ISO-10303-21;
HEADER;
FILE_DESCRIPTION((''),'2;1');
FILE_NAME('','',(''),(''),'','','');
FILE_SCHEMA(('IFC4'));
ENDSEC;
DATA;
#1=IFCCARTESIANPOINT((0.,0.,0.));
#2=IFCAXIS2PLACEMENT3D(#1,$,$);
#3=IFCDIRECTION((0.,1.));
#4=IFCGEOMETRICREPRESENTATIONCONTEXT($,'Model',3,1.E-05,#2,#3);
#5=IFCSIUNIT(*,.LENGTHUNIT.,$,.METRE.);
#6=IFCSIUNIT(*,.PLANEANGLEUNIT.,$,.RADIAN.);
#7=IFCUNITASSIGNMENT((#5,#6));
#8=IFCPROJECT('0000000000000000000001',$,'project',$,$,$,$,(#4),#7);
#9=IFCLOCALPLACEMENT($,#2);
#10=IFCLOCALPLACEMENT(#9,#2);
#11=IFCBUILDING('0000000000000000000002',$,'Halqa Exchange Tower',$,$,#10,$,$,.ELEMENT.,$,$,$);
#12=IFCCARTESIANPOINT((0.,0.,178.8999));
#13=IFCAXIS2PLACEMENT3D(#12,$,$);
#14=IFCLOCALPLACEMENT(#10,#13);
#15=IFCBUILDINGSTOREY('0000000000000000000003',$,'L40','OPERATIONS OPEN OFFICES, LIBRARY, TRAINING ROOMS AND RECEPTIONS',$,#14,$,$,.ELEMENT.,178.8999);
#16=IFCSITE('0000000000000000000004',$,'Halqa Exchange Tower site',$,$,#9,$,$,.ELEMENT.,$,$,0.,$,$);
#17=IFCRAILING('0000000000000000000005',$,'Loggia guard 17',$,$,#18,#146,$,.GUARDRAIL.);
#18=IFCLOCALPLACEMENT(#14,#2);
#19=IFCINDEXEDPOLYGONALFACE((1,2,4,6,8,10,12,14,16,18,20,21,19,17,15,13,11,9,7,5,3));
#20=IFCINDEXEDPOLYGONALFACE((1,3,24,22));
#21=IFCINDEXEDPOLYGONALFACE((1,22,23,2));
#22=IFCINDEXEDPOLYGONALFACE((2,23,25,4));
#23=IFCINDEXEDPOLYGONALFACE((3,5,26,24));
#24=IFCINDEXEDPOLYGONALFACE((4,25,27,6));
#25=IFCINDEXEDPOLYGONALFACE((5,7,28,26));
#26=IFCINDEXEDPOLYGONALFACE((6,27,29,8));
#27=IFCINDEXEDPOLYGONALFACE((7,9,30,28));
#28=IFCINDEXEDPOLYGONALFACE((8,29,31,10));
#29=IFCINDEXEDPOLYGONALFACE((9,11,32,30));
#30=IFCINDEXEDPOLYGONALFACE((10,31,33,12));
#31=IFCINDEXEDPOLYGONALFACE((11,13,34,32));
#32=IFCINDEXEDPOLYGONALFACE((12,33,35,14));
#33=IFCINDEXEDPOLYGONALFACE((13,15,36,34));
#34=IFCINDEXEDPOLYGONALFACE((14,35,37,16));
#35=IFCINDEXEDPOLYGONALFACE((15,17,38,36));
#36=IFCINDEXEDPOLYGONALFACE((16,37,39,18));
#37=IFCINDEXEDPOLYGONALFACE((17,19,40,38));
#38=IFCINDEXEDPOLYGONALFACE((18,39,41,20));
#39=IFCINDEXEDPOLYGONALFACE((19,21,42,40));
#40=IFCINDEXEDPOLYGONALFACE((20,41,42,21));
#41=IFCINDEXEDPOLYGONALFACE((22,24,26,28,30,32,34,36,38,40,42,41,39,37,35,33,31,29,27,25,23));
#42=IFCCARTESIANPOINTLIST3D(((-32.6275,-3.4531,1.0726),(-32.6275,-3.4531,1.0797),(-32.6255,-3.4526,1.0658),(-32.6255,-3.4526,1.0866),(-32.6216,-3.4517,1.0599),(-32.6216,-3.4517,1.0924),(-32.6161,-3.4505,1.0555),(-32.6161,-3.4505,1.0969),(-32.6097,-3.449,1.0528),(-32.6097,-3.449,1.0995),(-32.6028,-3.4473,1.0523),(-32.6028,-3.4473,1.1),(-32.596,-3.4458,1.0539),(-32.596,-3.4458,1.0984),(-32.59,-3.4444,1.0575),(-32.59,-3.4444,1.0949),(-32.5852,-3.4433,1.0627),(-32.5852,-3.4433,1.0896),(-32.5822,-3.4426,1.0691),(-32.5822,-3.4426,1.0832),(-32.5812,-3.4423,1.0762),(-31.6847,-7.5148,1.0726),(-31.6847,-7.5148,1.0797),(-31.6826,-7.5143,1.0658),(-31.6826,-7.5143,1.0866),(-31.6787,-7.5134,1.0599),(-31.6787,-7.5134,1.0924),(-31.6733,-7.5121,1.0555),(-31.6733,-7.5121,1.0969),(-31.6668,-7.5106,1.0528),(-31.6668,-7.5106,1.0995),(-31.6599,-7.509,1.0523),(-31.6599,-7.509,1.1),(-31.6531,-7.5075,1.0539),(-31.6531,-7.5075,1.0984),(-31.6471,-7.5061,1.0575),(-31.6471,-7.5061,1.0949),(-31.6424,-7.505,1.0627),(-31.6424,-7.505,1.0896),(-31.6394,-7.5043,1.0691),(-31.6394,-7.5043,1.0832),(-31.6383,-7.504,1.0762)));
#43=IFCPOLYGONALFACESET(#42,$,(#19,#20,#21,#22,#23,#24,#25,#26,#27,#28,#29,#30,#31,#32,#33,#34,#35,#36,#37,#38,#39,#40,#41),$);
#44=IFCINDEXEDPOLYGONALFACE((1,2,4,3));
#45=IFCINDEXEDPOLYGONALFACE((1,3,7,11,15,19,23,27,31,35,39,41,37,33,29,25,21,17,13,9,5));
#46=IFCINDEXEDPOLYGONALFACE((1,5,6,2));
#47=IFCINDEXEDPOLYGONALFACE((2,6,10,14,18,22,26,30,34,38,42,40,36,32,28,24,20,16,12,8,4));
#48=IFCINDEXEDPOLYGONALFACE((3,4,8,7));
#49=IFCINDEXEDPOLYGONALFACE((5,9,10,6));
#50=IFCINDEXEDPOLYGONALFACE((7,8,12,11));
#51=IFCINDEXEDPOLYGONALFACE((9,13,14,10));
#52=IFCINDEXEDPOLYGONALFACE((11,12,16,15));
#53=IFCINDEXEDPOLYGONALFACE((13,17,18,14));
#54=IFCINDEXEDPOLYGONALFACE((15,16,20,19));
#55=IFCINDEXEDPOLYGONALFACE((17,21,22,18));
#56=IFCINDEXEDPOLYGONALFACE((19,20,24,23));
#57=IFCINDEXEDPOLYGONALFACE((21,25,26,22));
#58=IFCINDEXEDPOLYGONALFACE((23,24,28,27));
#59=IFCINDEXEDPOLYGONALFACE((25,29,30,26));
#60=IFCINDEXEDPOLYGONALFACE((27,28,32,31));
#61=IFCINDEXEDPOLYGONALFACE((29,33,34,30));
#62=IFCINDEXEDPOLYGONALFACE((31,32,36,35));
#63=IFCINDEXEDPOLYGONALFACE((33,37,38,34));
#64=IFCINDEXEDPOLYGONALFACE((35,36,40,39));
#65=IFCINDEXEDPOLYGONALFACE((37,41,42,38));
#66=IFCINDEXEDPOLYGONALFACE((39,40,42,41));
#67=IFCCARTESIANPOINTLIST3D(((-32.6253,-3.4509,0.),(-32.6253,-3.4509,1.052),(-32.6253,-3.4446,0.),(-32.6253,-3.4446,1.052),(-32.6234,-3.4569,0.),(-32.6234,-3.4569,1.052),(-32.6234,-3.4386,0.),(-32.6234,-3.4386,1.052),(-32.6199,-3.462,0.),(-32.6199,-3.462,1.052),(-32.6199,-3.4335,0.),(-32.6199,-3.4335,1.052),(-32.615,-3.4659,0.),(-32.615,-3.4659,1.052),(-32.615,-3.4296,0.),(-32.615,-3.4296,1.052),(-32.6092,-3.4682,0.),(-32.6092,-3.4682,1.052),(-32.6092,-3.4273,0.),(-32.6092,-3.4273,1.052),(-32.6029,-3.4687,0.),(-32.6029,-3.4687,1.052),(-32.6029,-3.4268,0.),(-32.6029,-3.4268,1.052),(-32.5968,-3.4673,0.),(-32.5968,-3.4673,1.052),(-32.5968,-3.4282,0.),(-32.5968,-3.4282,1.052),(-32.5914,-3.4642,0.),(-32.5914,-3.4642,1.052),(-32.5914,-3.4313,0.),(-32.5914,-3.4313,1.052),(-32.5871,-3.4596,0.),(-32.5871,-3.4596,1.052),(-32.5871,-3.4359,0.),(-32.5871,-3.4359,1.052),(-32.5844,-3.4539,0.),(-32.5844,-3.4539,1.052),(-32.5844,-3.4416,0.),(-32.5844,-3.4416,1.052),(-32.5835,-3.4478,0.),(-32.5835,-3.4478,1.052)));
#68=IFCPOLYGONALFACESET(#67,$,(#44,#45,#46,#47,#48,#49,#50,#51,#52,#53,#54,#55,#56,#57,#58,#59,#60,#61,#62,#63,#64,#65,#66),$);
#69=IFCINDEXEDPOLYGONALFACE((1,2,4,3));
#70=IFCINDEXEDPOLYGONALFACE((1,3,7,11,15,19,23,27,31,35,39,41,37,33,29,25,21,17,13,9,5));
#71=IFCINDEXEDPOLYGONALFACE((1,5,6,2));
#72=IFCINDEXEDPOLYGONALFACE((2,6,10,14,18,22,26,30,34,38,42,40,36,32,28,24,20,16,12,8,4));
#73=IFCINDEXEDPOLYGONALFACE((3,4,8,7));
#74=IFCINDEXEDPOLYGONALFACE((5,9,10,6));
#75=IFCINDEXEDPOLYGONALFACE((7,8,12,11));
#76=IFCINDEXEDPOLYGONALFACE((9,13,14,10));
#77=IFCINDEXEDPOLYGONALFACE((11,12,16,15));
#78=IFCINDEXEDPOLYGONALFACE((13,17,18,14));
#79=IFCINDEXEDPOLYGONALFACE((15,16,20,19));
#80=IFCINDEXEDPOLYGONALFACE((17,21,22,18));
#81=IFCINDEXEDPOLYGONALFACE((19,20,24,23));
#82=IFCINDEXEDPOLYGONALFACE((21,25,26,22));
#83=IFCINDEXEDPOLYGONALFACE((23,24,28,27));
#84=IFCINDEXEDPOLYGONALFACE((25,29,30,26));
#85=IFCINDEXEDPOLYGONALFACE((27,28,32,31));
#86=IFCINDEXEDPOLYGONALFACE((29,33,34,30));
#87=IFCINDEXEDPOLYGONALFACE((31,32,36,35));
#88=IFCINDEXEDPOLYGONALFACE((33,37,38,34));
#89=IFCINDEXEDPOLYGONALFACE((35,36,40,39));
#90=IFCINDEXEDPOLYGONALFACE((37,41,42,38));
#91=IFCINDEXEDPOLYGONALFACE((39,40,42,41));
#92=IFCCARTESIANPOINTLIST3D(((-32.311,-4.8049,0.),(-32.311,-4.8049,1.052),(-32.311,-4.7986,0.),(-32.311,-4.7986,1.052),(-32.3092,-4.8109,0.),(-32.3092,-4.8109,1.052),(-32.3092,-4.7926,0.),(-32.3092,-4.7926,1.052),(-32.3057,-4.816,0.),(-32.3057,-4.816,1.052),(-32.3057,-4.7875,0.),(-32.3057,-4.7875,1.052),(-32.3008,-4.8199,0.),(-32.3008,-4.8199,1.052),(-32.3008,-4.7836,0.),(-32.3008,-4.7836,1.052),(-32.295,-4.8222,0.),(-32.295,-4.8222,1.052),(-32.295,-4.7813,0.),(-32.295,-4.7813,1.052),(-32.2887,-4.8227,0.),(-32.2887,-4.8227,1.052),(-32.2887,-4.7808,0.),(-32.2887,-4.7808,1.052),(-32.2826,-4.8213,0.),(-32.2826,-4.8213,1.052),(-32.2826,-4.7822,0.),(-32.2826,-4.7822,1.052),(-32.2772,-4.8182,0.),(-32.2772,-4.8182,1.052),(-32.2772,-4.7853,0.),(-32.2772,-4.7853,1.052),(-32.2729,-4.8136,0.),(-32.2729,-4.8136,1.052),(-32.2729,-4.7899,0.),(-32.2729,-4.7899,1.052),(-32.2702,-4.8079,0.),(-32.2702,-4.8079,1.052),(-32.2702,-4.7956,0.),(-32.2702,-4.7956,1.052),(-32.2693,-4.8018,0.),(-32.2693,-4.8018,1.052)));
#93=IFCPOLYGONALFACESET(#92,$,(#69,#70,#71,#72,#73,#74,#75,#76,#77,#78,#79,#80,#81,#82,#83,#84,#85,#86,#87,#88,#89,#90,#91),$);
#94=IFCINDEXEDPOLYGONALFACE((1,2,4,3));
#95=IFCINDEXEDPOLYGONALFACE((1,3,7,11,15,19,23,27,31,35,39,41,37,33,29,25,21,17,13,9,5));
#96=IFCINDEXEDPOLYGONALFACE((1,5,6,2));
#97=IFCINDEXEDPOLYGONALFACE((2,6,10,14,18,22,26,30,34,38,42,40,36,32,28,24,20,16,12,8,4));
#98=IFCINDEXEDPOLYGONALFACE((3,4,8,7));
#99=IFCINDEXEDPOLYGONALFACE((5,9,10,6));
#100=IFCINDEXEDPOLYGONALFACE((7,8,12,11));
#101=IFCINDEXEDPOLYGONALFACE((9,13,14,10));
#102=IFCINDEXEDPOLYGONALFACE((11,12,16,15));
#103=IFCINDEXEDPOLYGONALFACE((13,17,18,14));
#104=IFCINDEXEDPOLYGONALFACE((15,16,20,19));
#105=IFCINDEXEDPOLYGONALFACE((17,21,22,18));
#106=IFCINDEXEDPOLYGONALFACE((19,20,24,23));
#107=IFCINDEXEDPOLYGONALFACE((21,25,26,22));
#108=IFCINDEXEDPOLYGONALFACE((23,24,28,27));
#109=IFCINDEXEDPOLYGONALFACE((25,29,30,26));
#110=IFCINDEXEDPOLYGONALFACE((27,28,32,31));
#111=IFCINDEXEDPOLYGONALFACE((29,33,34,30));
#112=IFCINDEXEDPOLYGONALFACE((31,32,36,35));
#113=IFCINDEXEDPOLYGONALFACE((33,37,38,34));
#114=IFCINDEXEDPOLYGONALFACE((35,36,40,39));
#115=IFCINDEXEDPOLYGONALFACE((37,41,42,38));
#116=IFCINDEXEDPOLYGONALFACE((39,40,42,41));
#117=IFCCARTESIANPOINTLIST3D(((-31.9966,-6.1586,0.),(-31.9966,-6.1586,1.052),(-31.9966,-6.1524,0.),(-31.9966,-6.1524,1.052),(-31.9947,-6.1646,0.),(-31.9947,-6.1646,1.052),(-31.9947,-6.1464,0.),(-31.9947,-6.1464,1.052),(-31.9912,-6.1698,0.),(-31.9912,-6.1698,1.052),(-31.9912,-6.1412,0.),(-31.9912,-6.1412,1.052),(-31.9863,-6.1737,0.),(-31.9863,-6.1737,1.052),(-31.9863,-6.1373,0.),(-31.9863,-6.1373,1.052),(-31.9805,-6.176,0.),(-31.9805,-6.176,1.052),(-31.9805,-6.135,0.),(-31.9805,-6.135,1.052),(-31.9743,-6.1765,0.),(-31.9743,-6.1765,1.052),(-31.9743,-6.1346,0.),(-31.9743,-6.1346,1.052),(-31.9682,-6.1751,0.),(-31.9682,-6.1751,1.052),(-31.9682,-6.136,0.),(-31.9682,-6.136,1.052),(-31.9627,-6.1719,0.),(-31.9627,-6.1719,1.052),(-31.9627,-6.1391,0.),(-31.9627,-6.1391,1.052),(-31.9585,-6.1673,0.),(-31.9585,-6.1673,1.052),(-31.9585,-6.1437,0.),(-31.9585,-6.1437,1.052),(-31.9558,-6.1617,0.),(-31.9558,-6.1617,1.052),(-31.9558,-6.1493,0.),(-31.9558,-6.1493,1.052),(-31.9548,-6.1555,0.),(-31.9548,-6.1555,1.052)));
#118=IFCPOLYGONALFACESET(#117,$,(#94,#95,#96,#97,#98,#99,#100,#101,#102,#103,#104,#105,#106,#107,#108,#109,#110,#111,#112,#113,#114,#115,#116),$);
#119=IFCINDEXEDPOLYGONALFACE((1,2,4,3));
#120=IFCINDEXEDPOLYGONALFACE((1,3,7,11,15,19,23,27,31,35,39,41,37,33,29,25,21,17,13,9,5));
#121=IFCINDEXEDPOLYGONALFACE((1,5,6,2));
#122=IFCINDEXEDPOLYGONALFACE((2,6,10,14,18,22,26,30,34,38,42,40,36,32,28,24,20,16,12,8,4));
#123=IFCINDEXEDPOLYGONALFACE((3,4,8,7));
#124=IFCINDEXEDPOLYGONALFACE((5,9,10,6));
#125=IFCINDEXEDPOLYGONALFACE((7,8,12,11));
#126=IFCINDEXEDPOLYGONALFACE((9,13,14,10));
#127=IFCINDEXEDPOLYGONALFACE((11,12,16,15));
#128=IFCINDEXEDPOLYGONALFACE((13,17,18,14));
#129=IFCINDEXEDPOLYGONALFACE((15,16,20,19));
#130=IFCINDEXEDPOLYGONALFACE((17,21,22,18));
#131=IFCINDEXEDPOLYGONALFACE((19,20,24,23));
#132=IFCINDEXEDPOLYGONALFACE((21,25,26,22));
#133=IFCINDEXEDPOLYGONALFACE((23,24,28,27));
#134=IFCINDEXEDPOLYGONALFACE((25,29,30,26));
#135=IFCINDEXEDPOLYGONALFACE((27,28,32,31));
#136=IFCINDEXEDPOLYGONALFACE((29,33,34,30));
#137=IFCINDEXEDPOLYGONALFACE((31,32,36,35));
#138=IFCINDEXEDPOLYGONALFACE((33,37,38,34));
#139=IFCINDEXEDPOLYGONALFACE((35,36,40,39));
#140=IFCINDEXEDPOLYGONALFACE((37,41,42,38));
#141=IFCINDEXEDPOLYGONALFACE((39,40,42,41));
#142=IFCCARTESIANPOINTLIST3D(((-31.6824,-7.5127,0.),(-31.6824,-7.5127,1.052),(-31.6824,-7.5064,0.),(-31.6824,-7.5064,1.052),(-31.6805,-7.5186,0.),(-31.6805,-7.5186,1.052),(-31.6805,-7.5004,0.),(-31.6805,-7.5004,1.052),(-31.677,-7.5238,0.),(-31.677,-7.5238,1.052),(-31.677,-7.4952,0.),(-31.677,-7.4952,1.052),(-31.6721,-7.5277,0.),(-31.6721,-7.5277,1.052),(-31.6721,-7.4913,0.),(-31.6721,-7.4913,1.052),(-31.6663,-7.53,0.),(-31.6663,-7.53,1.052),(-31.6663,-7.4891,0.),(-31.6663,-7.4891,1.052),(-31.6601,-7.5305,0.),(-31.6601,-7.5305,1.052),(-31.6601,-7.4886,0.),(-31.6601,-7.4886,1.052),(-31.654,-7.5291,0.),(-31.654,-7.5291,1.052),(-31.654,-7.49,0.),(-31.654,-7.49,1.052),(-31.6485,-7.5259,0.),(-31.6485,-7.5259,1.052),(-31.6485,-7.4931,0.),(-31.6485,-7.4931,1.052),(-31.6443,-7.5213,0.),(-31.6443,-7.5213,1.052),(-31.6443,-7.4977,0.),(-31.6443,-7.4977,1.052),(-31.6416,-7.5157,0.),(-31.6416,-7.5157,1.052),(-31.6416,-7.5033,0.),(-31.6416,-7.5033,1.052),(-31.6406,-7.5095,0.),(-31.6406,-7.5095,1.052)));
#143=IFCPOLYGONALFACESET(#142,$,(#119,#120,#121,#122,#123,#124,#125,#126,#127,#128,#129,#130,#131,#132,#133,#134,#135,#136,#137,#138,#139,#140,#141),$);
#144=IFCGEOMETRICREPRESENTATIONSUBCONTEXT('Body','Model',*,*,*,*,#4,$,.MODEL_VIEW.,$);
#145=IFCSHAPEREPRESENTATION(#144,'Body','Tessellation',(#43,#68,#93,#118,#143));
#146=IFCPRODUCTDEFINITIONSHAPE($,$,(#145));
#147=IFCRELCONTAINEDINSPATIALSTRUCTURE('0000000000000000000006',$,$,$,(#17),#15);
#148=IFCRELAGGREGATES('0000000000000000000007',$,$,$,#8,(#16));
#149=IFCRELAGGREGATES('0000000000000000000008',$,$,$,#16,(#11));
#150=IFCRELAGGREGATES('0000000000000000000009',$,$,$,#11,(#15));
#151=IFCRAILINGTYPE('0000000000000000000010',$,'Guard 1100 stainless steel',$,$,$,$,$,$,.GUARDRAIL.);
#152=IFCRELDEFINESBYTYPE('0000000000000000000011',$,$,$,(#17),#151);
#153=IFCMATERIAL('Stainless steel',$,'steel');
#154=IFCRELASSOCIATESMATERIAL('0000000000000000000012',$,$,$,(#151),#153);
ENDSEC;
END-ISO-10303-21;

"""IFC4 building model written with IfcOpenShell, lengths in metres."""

from ifc_helpers import new_model, si_unit, direction, frame, origin, origin_2d, place, context, subcontext, project, spatial, circle, extrude, material, type_object, element, save


model = new_model("IFC4")

# Units and contexts
model_context = context("Model", 3, precision=1e-05, world=origin(), true_north=direction((0.0, 1.0)))
body_context = subcontext(model_context, "Body", "Model", "MODEL_VIEW")
ifc_project = project(units=[si_unit("LENGTHUNIT", "METRE"), si_unit("PLANEANGLEUNIT", "RADIAN")], contexts=[model_context])

# Site, building, storey
site_placement = place(None, origin())
site = spatial("IfcSite", under=ifc_project, at=site_placement, Name="Halqa Exchange Tower site", CompositionType="ELEMENT", RefElevation=0.0)
building_placement = place(site_placement, origin())
building = spatial("IfcBuilding", under=site, at=building_placement, Name="Halqa Exchange Tower", CompositionType="ELEMENT")
storey_placement = place(building_placement, frame((0.0, 0.0, 178.8999)))
storey = spatial("IfcBuildingStorey", under=building, at=storey_placement, Name="L40", Description="OPERATIONS OPEN OFFICES, LIBRARY, TRAINING ROOMS AND RECEPTIONS", CompositionType="ELEMENT", Elevation=178.8999)

# Railing
ifc_material_1 = material(Name="Stainless steel", Category="steel")
railing_type = type_object("IfcRailingType", Name="Guard 1100 stainless steel", PredefinedType="GUARDRAIL", material=ifc_material_1)
railing_1_placement = place(storey_placement, frame((-32.6045, -3.4478, 0.0)))
element("IfcRailing", 1, at=railing_1_placement, inside=storey, type_object=railing_type, Name="Loggia guard 17", PredefinedType="GUARDRAIL", context=body_context, shape_type="SweptSolid", body=[
    extrude(circle(Radius=0.0239, at=origin_2d()), frame((0.0, 0.0, 1.0762), z_axis=(0.226121, -0.974099, 0.0), x_axis=(0.974099, 0.226121, 0.0)), (0.0, 0.0, 1.0), 4.1697),
    extrude(circle(Radius=0.021, at=origin_2d()), origin(), (0.0, 0.0, 1.0), 1.052),
    extrude(circle(Radius=0.021, at=origin_2d()), frame((0.3142, -1.354, 0.0)), (0.0, 0.0, 1.0), 1.052),
    extrude(circle(Radius=0.021, at=origin_2d()), frame((0.6287, -2.7078, 0.0)), (0.0, 0.0, 1.0), 1.052),
    extrude(circle(Radius=0.021, at=origin_2d()), frame((0.9429, -4.0618, 0.0)), (0.0, 0.0, 1.0), 1.052),
])

save(model, "model.ifc")
